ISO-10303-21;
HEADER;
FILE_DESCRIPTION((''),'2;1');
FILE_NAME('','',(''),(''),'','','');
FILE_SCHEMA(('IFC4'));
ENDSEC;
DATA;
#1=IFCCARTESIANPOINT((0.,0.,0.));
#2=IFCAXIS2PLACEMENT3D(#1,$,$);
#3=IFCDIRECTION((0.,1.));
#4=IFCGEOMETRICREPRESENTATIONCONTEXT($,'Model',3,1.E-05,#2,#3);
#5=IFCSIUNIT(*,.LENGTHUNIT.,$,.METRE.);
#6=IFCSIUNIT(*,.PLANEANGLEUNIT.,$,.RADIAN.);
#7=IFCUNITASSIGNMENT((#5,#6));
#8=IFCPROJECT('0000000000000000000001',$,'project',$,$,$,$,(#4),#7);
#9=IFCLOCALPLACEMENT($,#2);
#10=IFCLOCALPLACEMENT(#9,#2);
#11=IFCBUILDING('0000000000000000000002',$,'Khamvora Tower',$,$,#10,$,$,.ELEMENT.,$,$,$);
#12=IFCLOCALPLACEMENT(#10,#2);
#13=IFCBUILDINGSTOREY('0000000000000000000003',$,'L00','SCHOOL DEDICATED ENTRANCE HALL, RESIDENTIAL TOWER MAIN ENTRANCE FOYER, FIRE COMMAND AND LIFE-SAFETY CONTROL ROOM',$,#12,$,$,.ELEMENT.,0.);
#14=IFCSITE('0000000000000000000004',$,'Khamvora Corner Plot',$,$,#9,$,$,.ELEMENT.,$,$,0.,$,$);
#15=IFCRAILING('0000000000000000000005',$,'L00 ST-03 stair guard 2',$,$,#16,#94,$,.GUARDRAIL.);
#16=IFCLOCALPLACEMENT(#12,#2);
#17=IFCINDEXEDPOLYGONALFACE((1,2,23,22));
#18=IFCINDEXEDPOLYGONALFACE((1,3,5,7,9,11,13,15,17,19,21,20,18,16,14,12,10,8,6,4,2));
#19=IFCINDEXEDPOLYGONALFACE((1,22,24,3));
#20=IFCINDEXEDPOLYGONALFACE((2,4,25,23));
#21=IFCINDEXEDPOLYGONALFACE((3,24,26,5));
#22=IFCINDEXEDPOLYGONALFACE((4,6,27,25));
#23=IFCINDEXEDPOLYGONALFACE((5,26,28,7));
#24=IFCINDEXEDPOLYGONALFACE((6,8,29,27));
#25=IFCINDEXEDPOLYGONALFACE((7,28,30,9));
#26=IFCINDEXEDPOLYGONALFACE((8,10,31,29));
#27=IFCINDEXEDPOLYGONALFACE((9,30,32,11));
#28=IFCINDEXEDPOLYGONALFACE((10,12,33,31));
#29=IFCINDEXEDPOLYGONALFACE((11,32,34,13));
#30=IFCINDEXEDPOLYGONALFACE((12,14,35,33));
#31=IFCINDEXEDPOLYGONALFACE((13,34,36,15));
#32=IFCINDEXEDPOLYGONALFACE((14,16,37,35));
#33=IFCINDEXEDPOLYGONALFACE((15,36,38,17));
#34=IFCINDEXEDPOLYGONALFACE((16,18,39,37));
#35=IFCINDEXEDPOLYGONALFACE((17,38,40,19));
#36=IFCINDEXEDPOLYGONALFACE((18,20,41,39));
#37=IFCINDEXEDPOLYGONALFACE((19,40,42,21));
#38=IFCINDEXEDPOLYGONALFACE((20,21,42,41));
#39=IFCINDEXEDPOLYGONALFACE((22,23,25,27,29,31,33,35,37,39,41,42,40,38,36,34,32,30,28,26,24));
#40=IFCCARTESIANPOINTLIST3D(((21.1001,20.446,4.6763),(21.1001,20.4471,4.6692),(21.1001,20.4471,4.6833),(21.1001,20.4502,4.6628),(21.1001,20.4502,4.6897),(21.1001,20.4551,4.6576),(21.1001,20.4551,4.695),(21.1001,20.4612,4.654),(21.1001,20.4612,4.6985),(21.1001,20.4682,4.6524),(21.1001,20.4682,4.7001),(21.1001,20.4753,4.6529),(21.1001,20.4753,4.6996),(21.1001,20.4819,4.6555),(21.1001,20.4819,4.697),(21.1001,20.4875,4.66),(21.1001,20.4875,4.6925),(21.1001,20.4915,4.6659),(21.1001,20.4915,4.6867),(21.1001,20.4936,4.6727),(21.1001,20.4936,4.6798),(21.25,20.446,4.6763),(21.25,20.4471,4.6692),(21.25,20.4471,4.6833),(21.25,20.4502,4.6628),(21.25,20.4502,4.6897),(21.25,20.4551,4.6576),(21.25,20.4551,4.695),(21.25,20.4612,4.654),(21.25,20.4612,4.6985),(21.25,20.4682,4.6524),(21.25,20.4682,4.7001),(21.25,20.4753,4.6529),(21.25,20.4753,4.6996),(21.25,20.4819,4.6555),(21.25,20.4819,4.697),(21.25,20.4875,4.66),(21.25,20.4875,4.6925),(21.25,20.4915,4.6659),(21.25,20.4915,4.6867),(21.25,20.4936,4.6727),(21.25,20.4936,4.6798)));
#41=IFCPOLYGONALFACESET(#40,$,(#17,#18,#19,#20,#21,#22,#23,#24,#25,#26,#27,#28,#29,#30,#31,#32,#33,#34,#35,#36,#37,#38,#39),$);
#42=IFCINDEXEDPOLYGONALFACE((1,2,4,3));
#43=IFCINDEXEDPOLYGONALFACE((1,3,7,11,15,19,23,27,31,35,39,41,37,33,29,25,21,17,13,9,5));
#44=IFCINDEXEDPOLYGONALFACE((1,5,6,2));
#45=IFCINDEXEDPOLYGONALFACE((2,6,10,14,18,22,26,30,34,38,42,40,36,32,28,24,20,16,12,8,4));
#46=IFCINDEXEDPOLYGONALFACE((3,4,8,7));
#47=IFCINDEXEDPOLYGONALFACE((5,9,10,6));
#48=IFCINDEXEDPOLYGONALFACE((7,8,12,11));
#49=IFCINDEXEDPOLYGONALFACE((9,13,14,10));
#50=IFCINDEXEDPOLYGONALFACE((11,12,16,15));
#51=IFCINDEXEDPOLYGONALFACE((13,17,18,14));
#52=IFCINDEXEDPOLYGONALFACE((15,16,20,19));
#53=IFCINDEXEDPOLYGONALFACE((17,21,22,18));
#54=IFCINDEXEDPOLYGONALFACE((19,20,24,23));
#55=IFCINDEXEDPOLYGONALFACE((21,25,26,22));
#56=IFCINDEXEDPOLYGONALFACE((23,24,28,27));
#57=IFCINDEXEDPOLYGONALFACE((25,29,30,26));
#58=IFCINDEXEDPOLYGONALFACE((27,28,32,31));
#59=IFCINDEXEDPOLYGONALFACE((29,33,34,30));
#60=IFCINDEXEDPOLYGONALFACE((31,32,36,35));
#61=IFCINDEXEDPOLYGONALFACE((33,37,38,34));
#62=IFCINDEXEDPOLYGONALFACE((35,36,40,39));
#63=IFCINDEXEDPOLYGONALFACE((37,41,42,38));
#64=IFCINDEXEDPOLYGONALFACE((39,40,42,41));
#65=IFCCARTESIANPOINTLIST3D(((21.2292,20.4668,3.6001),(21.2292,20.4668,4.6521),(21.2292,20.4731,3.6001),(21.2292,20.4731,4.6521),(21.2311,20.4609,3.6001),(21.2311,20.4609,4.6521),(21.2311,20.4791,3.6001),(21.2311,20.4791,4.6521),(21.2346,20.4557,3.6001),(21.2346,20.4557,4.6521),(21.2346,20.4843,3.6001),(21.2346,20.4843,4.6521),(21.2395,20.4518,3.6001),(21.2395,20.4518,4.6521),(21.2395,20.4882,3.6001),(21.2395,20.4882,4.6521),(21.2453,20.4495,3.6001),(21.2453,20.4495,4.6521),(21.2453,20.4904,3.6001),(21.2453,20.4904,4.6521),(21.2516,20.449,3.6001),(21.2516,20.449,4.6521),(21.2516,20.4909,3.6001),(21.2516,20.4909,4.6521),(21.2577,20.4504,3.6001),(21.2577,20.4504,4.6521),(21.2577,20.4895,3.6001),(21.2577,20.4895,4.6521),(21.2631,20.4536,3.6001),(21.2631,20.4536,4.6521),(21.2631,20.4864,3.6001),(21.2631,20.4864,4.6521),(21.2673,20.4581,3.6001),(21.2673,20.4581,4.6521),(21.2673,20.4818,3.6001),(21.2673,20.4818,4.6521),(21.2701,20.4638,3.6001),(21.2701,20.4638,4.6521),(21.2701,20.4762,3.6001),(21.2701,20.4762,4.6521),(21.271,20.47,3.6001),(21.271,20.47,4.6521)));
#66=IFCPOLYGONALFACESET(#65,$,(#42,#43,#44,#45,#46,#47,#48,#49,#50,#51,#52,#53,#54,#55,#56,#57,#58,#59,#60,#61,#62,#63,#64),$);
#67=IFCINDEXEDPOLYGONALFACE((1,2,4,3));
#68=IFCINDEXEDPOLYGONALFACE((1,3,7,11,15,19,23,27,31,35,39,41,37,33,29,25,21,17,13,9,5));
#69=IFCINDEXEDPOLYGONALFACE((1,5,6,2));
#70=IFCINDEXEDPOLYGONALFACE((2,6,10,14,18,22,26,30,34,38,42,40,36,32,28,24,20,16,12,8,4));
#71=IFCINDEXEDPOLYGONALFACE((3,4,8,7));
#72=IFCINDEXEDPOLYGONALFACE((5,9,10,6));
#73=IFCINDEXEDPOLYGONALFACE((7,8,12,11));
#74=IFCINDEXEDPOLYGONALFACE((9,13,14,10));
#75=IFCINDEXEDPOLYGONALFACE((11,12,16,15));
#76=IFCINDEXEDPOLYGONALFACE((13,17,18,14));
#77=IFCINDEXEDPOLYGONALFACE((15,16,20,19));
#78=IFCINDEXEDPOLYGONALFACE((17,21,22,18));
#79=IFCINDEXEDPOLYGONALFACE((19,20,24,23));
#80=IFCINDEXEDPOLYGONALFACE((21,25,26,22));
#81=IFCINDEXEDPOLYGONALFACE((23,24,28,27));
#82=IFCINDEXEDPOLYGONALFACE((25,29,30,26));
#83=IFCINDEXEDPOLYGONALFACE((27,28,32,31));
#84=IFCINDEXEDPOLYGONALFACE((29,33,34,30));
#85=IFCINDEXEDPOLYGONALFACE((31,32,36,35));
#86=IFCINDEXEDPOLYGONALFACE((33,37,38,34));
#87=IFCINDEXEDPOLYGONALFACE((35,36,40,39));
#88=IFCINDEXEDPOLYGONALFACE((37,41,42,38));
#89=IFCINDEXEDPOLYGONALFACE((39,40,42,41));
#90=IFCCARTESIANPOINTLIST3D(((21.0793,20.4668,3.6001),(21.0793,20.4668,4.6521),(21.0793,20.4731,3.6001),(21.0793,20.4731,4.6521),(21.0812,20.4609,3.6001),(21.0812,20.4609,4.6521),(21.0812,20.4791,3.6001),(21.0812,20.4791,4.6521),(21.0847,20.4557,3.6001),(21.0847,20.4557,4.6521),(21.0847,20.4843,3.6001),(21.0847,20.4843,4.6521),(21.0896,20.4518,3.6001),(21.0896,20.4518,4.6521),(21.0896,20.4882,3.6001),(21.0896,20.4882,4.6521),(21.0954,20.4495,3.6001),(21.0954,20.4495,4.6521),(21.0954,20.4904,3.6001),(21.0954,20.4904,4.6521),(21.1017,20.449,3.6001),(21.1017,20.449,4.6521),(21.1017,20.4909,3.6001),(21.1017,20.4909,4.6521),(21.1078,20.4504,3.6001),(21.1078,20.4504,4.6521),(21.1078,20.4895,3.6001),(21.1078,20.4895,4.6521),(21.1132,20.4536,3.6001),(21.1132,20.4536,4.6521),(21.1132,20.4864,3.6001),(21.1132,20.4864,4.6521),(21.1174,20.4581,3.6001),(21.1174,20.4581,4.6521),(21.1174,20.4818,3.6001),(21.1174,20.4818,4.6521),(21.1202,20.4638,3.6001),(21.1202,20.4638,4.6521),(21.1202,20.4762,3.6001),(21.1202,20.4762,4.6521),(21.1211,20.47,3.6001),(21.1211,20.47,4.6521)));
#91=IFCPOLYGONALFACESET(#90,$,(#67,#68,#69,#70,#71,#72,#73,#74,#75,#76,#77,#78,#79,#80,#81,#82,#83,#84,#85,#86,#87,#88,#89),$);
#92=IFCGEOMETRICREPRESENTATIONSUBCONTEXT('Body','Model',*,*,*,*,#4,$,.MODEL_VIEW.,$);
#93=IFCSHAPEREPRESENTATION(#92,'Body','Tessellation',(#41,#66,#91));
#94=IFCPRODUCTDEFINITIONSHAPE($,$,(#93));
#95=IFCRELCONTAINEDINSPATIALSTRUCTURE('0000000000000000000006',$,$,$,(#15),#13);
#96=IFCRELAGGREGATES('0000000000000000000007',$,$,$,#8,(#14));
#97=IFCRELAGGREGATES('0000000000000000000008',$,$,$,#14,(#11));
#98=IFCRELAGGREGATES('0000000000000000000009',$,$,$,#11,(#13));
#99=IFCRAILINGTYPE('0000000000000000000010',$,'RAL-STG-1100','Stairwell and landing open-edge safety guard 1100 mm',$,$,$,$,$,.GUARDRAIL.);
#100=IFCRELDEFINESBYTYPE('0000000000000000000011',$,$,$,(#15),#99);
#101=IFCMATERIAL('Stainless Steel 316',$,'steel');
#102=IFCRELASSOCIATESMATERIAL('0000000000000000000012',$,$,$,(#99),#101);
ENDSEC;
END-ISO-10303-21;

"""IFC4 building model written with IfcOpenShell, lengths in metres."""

from ifc_helpers import new_model, si_unit, direction, frame, origin, origin_2d, place, context, subcontext, project, spatial, circle, extrude, material, type_object, element, save


model = new_model("IFC4")

# Units and contexts
model_context = context("Model", 3, precision=1e-05, world=origin(), true_north=direction((0.0, 1.0)))
body_context = subcontext(model_context, "Body", "Model", "MODEL_VIEW")
ifc_project = project(units=[si_unit("LENGTHUNIT", "METRE"), si_unit("PLANEANGLEUNIT", "RADIAN")], contexts=[model_context])

# Site, building, storey
site_placement = place(None, origin())
site = spatial("IfcSite", under=ifc_project, at=site_placement, Name="Khamvora Corner Plot", CompositionType="ELEMENT", RefElevation=0.0)
building_placement = place(site_placement, origin())
building = spatial("IfcBuilding", under=site, at=building_placement, Name="Khamvora Tower", CompositionType="ELEMENT")
storey_placement = place(building_placement, origin())
storey = spatial("IfcBuildingStorey", under=building, at=storey_placement, Name="L00", Description="SCHOOL DEDICATED ENTRANCE HALL, RESIDENTIAL TOWER MAIN ENTRANCE FOYER, FIRE COMMAND AND LIFE-SAFETY CONTROL ROOM", CompositionType="ELEMENT", Elevation=0.0)

# Railing
ifc_material_1 = material(Name="Stainless Steel 316", Category="steel")
railing_type_1 = type_object("IfcRailingType", Name="RAL-STG-1100", Description="Stairwell and landing open-edge safety guard 1100 mm", PredefinedType="GUARDRAIL", material=ifc_material_1)
railing_1_placement = place(storey_placement, frame((21.25, 20.47, 3.6001)))
element("IfcRailing", 1, at=railing_1_placement, inside=storey, type_object=railing_type_1, Name="L00 ST-03 stair guard 2", PredefinedType="GUARDRAIL", context=body_context, shape_type="SweptSolid", body=[
    extrude(circle(Radius=0.0239, at=origin_2d()), frame((0.0, 0.0, 1.0762), z_axis=(-1.0, 0.0, 0.0), x_axis=(0.0, -1.0, 0.0)), (0.0, 0.0, 1.0), 0.1499),
    extrude(circle(Radius=0.021, at=origin_2d()), origin(), (0.0, 0.0, 1.0), 1.052),
    extrude(circle(Radius=0.021, at=origin_2d()), frame((-0.1499, 0.0, 0.0)), (0.0, 0.0, 1.0), 1.052),
])

save(model, "model.ifc")
